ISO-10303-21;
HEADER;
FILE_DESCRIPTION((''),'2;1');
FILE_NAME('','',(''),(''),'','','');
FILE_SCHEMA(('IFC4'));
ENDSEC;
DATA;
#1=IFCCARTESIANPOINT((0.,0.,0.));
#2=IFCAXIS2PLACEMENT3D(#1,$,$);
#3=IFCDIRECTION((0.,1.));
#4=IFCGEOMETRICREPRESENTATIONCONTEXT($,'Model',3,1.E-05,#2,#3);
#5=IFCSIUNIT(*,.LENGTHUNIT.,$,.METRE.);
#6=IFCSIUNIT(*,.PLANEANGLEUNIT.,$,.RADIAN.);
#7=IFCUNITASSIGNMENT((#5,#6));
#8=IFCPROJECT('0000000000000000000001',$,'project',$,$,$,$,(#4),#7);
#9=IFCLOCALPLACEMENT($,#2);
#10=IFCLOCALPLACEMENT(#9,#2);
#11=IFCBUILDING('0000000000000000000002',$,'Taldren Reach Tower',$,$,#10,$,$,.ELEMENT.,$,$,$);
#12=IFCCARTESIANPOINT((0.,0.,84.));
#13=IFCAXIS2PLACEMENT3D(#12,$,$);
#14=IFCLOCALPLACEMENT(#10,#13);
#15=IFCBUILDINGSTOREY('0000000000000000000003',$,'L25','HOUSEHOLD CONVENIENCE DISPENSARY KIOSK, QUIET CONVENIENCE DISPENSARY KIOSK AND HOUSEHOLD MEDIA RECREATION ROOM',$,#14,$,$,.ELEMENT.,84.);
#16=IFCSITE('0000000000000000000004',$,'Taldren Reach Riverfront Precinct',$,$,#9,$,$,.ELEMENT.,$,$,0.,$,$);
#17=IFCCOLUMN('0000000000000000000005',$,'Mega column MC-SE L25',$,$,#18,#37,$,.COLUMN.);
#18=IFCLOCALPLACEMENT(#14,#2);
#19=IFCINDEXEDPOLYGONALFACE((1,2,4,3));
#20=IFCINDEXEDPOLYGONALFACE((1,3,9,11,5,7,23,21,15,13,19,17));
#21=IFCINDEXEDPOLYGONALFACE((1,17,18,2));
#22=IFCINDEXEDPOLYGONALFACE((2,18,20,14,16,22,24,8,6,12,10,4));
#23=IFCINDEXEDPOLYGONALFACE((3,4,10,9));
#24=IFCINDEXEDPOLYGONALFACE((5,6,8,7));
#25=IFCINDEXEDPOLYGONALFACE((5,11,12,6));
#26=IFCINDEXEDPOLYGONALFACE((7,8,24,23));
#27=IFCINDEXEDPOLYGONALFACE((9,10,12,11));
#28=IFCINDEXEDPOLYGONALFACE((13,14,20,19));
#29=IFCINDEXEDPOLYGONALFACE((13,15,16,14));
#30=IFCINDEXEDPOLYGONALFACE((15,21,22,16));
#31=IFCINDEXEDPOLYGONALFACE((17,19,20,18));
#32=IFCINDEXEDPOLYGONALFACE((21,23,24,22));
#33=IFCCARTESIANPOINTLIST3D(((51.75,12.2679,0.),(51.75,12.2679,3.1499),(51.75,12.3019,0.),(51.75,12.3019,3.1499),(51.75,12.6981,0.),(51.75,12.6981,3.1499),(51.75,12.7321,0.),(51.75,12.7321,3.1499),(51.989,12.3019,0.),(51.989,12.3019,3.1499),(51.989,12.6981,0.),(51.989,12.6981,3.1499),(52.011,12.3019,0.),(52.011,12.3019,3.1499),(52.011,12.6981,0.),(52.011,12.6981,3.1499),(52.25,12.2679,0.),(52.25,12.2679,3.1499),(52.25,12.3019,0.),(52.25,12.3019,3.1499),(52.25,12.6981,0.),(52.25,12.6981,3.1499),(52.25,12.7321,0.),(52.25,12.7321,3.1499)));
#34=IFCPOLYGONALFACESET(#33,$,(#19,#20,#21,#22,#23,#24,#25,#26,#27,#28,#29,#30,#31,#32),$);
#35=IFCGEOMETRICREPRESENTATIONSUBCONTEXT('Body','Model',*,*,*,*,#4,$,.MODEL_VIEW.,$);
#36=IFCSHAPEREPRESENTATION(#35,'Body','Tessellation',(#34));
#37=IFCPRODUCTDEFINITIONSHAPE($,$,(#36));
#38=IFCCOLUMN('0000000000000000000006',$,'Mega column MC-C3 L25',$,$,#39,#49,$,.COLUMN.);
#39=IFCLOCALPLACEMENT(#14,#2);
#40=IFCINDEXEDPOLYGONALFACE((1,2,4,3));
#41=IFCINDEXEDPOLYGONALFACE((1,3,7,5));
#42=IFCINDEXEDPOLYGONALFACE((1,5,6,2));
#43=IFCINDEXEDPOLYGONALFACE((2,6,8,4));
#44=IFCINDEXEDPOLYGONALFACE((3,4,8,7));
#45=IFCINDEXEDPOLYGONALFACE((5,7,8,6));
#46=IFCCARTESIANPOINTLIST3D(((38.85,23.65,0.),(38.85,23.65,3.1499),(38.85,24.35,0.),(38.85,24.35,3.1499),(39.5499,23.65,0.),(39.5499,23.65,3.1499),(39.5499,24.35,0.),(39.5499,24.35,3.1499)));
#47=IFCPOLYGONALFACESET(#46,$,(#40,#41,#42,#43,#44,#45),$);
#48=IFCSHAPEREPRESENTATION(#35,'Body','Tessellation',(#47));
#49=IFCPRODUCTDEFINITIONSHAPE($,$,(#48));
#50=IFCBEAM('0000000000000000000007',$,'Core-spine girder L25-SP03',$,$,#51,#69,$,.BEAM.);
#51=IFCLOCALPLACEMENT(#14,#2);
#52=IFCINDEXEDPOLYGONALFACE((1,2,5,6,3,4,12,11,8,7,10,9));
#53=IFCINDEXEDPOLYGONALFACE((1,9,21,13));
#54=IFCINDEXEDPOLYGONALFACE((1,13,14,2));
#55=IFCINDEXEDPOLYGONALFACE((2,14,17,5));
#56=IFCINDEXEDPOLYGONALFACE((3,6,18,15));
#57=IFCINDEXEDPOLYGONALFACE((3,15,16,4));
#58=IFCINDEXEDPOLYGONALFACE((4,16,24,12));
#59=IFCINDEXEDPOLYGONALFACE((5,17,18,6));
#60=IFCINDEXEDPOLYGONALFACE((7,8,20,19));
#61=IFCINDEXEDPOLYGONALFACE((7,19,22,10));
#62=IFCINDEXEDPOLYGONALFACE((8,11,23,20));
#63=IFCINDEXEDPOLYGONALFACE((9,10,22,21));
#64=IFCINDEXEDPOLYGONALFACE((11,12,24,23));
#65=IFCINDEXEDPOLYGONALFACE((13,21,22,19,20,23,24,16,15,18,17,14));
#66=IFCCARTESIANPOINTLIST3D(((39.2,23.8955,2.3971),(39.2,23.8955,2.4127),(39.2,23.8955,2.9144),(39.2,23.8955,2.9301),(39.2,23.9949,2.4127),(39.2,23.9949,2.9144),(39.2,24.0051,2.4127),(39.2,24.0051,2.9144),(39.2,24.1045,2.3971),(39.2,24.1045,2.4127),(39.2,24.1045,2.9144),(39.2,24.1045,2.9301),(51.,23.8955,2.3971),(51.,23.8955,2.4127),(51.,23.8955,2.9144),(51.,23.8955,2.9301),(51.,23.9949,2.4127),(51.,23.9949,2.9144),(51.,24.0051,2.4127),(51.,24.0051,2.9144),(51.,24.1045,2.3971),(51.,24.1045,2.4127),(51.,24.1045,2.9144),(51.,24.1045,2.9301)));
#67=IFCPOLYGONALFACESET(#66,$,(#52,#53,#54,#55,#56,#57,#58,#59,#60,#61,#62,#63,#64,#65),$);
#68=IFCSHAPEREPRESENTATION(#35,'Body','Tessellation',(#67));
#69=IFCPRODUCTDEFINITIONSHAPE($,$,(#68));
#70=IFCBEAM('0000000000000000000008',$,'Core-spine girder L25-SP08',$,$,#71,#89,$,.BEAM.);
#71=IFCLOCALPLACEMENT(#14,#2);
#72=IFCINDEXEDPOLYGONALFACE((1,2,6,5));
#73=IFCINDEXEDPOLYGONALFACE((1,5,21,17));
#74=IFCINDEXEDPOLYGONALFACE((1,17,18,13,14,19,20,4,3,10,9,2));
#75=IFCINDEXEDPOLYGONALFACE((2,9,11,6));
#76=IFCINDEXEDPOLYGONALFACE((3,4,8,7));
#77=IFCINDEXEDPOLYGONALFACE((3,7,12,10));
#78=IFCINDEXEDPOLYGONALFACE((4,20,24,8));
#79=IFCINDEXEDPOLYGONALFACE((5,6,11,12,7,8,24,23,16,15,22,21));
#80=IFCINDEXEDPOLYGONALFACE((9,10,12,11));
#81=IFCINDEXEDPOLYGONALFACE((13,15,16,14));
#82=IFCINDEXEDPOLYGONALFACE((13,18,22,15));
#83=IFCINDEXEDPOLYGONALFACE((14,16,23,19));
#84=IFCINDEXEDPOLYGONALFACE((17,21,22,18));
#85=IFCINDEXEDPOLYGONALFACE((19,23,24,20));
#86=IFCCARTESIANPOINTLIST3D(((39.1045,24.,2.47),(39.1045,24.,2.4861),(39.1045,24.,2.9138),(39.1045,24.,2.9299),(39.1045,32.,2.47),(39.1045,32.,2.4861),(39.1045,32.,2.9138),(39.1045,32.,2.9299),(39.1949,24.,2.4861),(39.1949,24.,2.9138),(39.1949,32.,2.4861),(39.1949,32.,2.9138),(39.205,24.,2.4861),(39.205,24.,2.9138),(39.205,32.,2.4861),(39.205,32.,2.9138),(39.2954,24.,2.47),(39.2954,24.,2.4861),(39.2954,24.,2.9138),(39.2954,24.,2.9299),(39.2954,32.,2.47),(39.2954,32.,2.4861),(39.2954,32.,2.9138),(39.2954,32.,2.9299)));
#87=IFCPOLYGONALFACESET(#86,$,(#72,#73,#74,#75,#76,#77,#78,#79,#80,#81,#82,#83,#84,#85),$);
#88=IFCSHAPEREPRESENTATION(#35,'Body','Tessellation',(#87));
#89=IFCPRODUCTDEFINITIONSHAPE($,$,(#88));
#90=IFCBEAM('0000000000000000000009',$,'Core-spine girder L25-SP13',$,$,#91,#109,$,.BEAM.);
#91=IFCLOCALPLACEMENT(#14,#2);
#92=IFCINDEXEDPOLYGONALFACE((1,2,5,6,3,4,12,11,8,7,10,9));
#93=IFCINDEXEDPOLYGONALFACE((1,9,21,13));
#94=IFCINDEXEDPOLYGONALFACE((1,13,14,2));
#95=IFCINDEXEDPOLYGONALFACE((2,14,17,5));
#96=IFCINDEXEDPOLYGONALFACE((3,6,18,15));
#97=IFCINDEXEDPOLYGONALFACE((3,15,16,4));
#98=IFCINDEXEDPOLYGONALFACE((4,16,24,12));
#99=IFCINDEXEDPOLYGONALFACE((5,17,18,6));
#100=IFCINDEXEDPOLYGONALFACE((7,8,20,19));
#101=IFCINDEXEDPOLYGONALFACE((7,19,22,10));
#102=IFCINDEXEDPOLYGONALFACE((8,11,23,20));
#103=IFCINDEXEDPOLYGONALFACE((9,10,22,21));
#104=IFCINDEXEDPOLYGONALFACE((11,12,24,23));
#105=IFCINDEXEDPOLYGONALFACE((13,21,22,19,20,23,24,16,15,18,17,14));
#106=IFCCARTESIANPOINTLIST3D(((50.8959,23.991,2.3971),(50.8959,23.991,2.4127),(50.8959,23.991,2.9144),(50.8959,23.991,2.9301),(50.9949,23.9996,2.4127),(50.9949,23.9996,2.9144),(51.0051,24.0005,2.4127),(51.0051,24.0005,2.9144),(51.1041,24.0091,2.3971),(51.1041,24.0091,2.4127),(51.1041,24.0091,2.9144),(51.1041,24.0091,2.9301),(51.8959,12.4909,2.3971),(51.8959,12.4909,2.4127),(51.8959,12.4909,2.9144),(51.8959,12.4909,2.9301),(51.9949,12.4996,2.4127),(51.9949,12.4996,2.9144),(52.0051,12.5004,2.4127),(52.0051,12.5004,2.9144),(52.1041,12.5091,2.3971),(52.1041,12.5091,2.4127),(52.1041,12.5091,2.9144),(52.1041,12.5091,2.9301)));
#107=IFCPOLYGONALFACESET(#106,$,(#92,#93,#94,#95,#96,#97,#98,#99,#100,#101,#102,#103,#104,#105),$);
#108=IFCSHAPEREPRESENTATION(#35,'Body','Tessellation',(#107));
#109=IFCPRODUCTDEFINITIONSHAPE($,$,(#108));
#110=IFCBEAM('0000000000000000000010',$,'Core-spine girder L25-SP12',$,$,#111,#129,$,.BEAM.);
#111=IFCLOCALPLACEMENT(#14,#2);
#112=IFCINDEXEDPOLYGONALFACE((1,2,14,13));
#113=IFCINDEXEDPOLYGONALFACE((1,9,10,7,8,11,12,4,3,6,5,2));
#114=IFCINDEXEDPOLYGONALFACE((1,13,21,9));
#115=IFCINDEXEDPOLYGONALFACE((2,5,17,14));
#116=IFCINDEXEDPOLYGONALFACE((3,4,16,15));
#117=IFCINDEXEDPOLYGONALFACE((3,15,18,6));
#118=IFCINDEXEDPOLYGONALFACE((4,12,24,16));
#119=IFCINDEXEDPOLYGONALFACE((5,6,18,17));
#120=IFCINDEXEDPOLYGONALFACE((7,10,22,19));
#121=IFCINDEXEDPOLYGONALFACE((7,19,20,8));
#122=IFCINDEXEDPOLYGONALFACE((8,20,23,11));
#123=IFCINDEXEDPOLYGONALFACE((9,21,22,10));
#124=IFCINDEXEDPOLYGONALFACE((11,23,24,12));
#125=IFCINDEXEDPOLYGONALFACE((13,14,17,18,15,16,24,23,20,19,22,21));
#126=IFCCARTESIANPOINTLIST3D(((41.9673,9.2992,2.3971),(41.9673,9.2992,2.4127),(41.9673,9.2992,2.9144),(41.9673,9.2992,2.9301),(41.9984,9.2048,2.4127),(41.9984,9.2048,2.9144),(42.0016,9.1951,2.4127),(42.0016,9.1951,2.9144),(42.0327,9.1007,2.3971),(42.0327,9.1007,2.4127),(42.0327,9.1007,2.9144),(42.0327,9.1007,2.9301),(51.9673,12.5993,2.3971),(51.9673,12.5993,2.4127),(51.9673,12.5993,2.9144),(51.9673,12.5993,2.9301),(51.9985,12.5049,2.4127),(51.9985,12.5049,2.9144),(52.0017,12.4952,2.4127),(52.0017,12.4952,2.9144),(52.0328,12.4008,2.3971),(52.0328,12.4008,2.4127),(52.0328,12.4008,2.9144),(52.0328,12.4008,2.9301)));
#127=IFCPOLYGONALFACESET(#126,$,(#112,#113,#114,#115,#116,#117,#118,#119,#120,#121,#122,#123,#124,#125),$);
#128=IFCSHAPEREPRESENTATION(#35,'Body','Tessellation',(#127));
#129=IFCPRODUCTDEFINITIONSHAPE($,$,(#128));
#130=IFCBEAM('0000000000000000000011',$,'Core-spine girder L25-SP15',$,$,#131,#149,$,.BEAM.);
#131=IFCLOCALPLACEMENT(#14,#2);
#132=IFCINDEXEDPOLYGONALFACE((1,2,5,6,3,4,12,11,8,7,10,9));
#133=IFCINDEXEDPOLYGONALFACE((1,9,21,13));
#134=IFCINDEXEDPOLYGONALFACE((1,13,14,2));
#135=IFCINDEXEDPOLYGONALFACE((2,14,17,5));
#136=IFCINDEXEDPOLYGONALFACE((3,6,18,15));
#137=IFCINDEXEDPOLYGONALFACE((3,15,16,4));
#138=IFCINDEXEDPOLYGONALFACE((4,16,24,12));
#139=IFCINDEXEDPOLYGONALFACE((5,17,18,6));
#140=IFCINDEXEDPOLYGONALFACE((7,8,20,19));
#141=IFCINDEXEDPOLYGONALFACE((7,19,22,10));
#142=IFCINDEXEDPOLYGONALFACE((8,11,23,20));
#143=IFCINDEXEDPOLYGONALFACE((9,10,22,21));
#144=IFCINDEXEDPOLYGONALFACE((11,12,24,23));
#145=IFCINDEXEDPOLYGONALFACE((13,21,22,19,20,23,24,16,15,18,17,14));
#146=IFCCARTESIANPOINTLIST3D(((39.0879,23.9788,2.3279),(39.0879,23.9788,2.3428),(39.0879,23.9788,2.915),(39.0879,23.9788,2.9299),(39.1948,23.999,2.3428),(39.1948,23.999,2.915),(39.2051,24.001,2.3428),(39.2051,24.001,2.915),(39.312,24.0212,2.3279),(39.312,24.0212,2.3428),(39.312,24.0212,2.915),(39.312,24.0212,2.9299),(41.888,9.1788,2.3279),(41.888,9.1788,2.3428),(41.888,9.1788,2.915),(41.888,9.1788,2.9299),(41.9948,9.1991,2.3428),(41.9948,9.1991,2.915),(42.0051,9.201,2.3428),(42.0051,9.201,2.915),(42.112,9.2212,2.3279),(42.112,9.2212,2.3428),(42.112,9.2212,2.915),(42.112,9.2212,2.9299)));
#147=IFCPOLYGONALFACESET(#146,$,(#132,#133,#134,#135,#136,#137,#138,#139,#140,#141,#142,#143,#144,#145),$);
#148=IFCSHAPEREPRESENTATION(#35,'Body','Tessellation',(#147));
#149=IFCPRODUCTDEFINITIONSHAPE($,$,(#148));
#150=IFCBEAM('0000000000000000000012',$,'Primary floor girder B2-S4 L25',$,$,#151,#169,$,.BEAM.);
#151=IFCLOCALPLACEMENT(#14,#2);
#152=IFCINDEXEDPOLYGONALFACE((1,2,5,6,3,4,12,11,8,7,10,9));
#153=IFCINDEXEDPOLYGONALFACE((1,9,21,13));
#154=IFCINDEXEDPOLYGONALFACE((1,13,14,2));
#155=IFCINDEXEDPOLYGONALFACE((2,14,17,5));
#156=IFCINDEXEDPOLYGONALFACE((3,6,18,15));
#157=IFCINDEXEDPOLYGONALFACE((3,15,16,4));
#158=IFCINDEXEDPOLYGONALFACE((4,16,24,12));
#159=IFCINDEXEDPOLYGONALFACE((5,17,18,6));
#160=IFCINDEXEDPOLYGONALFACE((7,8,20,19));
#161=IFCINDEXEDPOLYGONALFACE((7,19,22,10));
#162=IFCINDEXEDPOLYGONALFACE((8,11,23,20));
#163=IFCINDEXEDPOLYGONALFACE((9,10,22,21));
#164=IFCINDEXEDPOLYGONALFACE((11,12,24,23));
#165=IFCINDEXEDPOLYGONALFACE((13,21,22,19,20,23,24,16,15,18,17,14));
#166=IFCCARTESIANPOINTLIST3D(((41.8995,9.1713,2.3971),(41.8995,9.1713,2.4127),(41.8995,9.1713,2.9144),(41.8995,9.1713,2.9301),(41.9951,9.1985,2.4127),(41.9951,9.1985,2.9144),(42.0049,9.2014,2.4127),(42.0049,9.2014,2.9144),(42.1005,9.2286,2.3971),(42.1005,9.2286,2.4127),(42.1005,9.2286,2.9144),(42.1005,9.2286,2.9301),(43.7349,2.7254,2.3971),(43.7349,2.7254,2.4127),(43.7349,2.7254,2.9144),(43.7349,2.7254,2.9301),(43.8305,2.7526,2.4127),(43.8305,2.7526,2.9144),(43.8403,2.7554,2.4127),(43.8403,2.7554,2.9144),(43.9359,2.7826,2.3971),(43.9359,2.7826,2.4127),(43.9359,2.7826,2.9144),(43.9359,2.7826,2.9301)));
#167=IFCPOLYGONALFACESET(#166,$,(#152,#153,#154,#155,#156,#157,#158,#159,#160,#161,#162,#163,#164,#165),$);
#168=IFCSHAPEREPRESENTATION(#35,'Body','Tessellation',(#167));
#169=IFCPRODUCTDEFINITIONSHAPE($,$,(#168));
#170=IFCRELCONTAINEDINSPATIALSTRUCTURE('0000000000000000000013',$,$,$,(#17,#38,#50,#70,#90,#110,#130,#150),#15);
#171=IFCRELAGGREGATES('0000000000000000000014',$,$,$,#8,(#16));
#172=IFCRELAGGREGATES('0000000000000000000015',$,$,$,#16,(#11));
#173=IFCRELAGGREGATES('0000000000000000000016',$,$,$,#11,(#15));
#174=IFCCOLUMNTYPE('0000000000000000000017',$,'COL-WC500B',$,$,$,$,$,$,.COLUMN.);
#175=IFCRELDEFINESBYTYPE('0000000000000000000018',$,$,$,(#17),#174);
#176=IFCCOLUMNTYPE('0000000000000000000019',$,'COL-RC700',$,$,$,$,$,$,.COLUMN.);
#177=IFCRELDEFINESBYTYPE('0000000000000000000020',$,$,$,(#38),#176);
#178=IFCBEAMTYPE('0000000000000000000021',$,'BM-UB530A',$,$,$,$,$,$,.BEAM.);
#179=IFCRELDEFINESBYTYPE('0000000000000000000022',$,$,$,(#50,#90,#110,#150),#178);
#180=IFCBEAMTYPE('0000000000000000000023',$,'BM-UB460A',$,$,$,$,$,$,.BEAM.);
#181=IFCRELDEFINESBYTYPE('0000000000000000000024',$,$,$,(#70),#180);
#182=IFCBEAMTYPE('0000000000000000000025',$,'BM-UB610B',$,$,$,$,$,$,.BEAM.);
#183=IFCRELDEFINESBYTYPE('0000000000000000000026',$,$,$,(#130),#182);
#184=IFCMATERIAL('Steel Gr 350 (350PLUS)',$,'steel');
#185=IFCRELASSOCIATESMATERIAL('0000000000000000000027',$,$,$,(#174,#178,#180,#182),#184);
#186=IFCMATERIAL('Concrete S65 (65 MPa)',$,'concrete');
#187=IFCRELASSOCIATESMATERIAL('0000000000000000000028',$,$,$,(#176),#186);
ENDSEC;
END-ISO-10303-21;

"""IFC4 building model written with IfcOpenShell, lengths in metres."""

from ifc_helpers import new_model, si_unit, direction, frame, origin, origin_2d, place, context, subcontext, project, spatial, rectangle, i_section, extrude, source, transform, mapped, material, material_profile, profile_set, type_object, element, save


model = new_model("IFC4")

# Units and contexts
model_context = context("Model", 3, precision=1e-05, world=origin(), true_north=direction((0.0, 1.0)))
body_context = subcontext(model_context, "Body", "Model", "MODEL_VIEW")
ifc_project = project(units=[si_unit("LENGTHUNIT", "METRE"), si_unit("PLANEANGLEUNIT", "RADIAN")], contexts=[model_context])

# Site, building, storey
site_placement = place(None, origin())
site = spatial("IfcSite", under=ifc_project, at=site_placement, Name="Taldren Reach Riverfront Precinct", CompositionType="ELEMENT", RefElevation=0.0)
building_placement = place(site_placement, origin())
building = spatial("IfcBuilding", under=site, at=building_placement, Name="Taldren Reach Tower", CompositionType="ELEMENT")
storey_placement = place(building_placement, frame((0.0, 0.0, 84.0)))
storey = spatial("IfcBuildingStorey", under=building, at=storey_placement, Name="L25", Description="HOUSEHOLD CONVENIENCE DISPENSARY KIOSK, QUIET CONVENIENCE DISPENSARY KIOSK AND HOUSEHOLD MEDIA RECREATION ROOM", CompositionType="ELEMENT", Elevation=84.0)

# Columns
ifc_material_1 = material(Name="Steel Gr 350 (350PLUS)", Category="steel")
ifc_material_profile_1 = material_profile(ifc_material_1, i_section(OverallWidth=0.5, OverallDepth=0.4641, WebThickness=0.022, FlangeThickness=0.0339, at=origin_2d()), Name="500WC340")
ifc_profile_set_1 = profile_set([ifc_material_profile_1], Name="Steel Gr 350 (350PLUS)")
column_type_1 = type_object("IfcColumnType", Name="COL-WC500B", PredefinedType="COLUMN", material=ifc_profile_set_1)
shared_shape_1 = source(origin(), body_context, "Body", "SweptSolid", [
    extrude(i_section(OverallWidth=0.5, OverallDepth=0.4641, WebThickness=0.022, FlangeThickness=0.0339, at=origin_2d()), origin(), (0.0, 0.0, 1.0), 3.1499),
])
column_1_placement = place(storey_placement, frame((52.0, 12.5, 0.0), z_axis=(0.0, 0.0, 1.0), x_axis=(1.0, 0.0, 0.0)))
element("IfcColumn", 1, at=column_1_placement, inside=storey, type_object=column_type_1, Name="Mega column MC-SE L25", PredefinedType="COLUMN", context=body_context, shape_type="MappedRepresentation", body=[
    mapped(shared_shape_1, transform((0.0, 0.0, 0.0), scale=1.0)),
])
ifc_material_2 = material(Name="Concrete S65 (65 MPa)", Category="concrete")
ifc_material_profile_2 = material_profile(ifc_material_2, rectangle(XDim=0.7, YDim=0.7, at=origin_2d()), Name="RC-700x700")
ifc_profile_set_2 = profile_set([ifc_material_profile_2], Name="Concrete S65 (65 MPa)")
column_type_2 = type_object("IfcColumnType", Name="COL-RC700", PredefinedType="COLUMN", material=ifc_profile_set_2)
shared_shape_2 = source(origin(), body_context, "Body", "SweptSolid", [
    extrude(rectangle(XDim=0.7, YDim=0.7, at=origin_2d()), origin(), (0.0, 0.0, 1.0), 3.1499),
])
column_2_placement = place(storey_placement, frame((39.2, 24.0, 0.0), z_axis=(0.0, 0.0, 1.0), x_axis=(1.0, 0.0, 0.0)))
element("IfcColumn", 2, at=column_2_placement, inside=storey, type_object=column_type_2, Name="Mega column MC-C3 L25", PredefinedType="COLUMN", context=body_context, shape_type="MappedRepresentation", body=[
    mapped(shared_shape_2, transform((0.0, 0.0, 0.0), scale=1.0)),
])

# Beams
ifc_material_profile_3 = material_profile(ifc_material_1, i_section(OverallWidth=0.209, OverallDepth=0.533, WebThickness=0.0103, FlangeThickness=0.0156, at=origin_2d()), Name="530UB92.4")
ifc_profile_set_3 = profile_set([ifc_material_profile_3], Name="Steel Gr 350 (350PLUS)")
beam_type_1 = type_object("IfcBeamType", Name="BM-UB530A", PredefinedType="BEAM", material=ifc_profile_set_3)
shared_shape_3 = source(origin(), body_context, "Body", "SweptSolid", [
    extrude(i_section(OverallWidth=0.209, OverallDepth=0.533, WebThickness=0.0103, FlangeThickness=0.0156, at=origin_2d()), origin(), (0.0, 0.0, 1.0), 11.8),
])
beam_1_placement = place(storey_placement, frame((39.2, 24.0, 2.6636), z_axis=(1.0, 0.0, 0.0), x_axis=(0.0, 1.0, 0.0)))
element("IfcBeam", 3, at=beam_1_placement, inside=storey, type_object=beam_type_1, Name="Core-spine girder L25-SP03", PredefinedType="BEAM", context=body_context, shape_type="MappedRepresentation", body=[
    mapped(shared_shape_3, transform((0.0, 0.0, 0.0), scale=1.0)),
])
ifc_material_profile_4 = material_profile(ifc_material_1, i_section(OverallWidth=0.1909, OverallDepth=0.46, WebThickness=0.01, FlangeThickness=0.0161, at=origin_2d()), Name="460UB82.1")
ifc_profile_set_4 = profile_set([ifc_material_profile_4], Name="Steel Gr 350 (350PLUS)")
beam_type_2 = type_object("IfcBeamType", Name="BM-UB460A", PredefinedType="BEAM", material=ifc_profile_set_4)
shared_shape_4 = source(origin(), body_context, "Body", "SweptSolid", [
    extrude(i_section(OverallWidth=0.1909, OverallDepth=0.46, WebThickness=0.01, FlangeThickness=0.0161, at=origin_2d()), origin(), (0.0, 0.0, 1.0), 8.0),
])
beam_2_placement = place(storey_placement, frame((39.2, 24.0, 2.7), z_axis=(0.0, 1.0, 0.0), x_axis=(-1.0, 0.0, 0.0)))
element("IfcBeam", 4, at=beam_2_placement, inside=storey, type_object=beam_type_2, Name="Core-spine girder L25-SP08", PredefinedType="BEAM", context=body_context, shape_type="MappedRepresentation", body=[
    mapped(shared_shape_4, transform((0.0, 0.0, 0.0), scale=1.0)),
])
shared_shape_5 = source(origin(), body_context, "Body", "SweptSolid", [
    extrude(i_section(OverallWidth=0.209, OverallDepth=0.533, WebThickness=0.0103, FlangeThickness=0.0156, at=origin_2d()), origin(), (0.0, 0.0, 1.0), 11.5435),
])
beam_3_placement = place(storey_placement, frame((52.0, 12.5, 2.6636), z_axis=(-0.08663, 0.996241, 0.0), x_axis=(-0.996241, -0.08663, 0.0)))
element("IfcBeam", 5, at=beam_3_placement, inside=storey, type_object=beam_type_1, Name="Core-spine girder L25-SP13", PredefinedType="BEAM", context=body_context, shape_type="MappedRepresentation", body=[
    mapped(shared_shape_5, transform((0.0, 0.0, 0.0), scale=1.0)),
])
shared_shape_6 = source(origin(), body_context, "Body", "SweptSolid", [
    extrude(i_section(OverallWidth=0.209, OverallDepth=0.533, WebThickness=0.0103, FlangeThickness=0.0156, at=origin_2d()), origin(), (0.0, 0.0, 1.0), 10.5305),
])
beam_4_placement = place(storey_placement, frame((42.0, 9.2, 2.6636), z_axis=(0.949627, 0.313382, 0.0), x_axis=(-0.313382, 0.949627, 0.0)))
element("IfcBeam", 6, at=beam_4_placement, inside=storey, type_object=beam_type_1, Name="Core-spine girder L25-SP12", PredefinedType="BEAM", context=body_context, shape_type="MappedRepresentation", body=[
    mapped(shared_shape_6, transform((0.0, 0.0, 0.0), scale=1.0)),
])
ifc_material_profile_5 = material_profile(ifc_material_1, i_section(OverallWidth=0.228, OverallDepth=0.6021, WebThickness=0.0105, FlangeThickness=0.0149, at=origin_2d()), Name="610UB101")
ifc_profile_set_5 = profile_set([ifc_material_profile_5], Name="Steel Gr 350 (350PLUS)")
beam_type_3 = type_object("IfcBeamType", Name="BM-UB610B", PredefinedType="BEAM", material=ifc_profile_set_5)
shared_shape_7 = source(origin(), body_context, "Body", "SweptSolid", [
    extrude(i_section(OverallWidth=0.228, OverallDepth=0.6021, WebThickness=0.0105, FlangeThickness=0.0149, at=origin_2d()), origin(), (0.0, 0.0, 1.0), 15.0625),
])
beam_5_placement = place(storey_placement, frame((39.2, 24.0, 2.6289), z_axis=(0.185894, -0.98257, 0.0), x_axis=(0.98257, 0.185894, 0.0)))
element("IfcBeam", 7, at=beam_5_placement, inside=storey, type_object=beam_type_3, Name="Core-spine girder L25-SP15", PredefinedType="BEAM", context=body_context, shape_type="MappedRepresentation", body=[
    mapped(shared_shape_7, transform((0.0, 0.0, 0.0), scale=1.0)),
])
shared_shape_8 = source(origin(), body_context, "Body", "SweptSolid", [
    extrude(i_section(OverallWidth=0.209, OverallDepth=0.533, WebThickness=0.0103, FlangeThickness=0.0156, at=origin_2d()), origin(), (0.0, 0.0, 1.0), 6.7021),
])
beam_6_placement = place(storey_placement, frame((42.0, 9.2, 2.6636), z_axis=(0.273855, -0.961771, 0.0), x_axis=(0.961771, 0.273855, 0.0)))
element("IfcBeam", 8, at=beam_6_placement, inside=storey, type_object=beam_type_1, Name="Primary floor girder B2-S4 L25", PredefinedType="BEAM", context=body_context, shape_type="MappedRepresentation", body=[
    mapped(shared_shape_8, transform((0.0, 0.0, 0.0), scale=1.0)),
])

save(model, "model.ifc")
